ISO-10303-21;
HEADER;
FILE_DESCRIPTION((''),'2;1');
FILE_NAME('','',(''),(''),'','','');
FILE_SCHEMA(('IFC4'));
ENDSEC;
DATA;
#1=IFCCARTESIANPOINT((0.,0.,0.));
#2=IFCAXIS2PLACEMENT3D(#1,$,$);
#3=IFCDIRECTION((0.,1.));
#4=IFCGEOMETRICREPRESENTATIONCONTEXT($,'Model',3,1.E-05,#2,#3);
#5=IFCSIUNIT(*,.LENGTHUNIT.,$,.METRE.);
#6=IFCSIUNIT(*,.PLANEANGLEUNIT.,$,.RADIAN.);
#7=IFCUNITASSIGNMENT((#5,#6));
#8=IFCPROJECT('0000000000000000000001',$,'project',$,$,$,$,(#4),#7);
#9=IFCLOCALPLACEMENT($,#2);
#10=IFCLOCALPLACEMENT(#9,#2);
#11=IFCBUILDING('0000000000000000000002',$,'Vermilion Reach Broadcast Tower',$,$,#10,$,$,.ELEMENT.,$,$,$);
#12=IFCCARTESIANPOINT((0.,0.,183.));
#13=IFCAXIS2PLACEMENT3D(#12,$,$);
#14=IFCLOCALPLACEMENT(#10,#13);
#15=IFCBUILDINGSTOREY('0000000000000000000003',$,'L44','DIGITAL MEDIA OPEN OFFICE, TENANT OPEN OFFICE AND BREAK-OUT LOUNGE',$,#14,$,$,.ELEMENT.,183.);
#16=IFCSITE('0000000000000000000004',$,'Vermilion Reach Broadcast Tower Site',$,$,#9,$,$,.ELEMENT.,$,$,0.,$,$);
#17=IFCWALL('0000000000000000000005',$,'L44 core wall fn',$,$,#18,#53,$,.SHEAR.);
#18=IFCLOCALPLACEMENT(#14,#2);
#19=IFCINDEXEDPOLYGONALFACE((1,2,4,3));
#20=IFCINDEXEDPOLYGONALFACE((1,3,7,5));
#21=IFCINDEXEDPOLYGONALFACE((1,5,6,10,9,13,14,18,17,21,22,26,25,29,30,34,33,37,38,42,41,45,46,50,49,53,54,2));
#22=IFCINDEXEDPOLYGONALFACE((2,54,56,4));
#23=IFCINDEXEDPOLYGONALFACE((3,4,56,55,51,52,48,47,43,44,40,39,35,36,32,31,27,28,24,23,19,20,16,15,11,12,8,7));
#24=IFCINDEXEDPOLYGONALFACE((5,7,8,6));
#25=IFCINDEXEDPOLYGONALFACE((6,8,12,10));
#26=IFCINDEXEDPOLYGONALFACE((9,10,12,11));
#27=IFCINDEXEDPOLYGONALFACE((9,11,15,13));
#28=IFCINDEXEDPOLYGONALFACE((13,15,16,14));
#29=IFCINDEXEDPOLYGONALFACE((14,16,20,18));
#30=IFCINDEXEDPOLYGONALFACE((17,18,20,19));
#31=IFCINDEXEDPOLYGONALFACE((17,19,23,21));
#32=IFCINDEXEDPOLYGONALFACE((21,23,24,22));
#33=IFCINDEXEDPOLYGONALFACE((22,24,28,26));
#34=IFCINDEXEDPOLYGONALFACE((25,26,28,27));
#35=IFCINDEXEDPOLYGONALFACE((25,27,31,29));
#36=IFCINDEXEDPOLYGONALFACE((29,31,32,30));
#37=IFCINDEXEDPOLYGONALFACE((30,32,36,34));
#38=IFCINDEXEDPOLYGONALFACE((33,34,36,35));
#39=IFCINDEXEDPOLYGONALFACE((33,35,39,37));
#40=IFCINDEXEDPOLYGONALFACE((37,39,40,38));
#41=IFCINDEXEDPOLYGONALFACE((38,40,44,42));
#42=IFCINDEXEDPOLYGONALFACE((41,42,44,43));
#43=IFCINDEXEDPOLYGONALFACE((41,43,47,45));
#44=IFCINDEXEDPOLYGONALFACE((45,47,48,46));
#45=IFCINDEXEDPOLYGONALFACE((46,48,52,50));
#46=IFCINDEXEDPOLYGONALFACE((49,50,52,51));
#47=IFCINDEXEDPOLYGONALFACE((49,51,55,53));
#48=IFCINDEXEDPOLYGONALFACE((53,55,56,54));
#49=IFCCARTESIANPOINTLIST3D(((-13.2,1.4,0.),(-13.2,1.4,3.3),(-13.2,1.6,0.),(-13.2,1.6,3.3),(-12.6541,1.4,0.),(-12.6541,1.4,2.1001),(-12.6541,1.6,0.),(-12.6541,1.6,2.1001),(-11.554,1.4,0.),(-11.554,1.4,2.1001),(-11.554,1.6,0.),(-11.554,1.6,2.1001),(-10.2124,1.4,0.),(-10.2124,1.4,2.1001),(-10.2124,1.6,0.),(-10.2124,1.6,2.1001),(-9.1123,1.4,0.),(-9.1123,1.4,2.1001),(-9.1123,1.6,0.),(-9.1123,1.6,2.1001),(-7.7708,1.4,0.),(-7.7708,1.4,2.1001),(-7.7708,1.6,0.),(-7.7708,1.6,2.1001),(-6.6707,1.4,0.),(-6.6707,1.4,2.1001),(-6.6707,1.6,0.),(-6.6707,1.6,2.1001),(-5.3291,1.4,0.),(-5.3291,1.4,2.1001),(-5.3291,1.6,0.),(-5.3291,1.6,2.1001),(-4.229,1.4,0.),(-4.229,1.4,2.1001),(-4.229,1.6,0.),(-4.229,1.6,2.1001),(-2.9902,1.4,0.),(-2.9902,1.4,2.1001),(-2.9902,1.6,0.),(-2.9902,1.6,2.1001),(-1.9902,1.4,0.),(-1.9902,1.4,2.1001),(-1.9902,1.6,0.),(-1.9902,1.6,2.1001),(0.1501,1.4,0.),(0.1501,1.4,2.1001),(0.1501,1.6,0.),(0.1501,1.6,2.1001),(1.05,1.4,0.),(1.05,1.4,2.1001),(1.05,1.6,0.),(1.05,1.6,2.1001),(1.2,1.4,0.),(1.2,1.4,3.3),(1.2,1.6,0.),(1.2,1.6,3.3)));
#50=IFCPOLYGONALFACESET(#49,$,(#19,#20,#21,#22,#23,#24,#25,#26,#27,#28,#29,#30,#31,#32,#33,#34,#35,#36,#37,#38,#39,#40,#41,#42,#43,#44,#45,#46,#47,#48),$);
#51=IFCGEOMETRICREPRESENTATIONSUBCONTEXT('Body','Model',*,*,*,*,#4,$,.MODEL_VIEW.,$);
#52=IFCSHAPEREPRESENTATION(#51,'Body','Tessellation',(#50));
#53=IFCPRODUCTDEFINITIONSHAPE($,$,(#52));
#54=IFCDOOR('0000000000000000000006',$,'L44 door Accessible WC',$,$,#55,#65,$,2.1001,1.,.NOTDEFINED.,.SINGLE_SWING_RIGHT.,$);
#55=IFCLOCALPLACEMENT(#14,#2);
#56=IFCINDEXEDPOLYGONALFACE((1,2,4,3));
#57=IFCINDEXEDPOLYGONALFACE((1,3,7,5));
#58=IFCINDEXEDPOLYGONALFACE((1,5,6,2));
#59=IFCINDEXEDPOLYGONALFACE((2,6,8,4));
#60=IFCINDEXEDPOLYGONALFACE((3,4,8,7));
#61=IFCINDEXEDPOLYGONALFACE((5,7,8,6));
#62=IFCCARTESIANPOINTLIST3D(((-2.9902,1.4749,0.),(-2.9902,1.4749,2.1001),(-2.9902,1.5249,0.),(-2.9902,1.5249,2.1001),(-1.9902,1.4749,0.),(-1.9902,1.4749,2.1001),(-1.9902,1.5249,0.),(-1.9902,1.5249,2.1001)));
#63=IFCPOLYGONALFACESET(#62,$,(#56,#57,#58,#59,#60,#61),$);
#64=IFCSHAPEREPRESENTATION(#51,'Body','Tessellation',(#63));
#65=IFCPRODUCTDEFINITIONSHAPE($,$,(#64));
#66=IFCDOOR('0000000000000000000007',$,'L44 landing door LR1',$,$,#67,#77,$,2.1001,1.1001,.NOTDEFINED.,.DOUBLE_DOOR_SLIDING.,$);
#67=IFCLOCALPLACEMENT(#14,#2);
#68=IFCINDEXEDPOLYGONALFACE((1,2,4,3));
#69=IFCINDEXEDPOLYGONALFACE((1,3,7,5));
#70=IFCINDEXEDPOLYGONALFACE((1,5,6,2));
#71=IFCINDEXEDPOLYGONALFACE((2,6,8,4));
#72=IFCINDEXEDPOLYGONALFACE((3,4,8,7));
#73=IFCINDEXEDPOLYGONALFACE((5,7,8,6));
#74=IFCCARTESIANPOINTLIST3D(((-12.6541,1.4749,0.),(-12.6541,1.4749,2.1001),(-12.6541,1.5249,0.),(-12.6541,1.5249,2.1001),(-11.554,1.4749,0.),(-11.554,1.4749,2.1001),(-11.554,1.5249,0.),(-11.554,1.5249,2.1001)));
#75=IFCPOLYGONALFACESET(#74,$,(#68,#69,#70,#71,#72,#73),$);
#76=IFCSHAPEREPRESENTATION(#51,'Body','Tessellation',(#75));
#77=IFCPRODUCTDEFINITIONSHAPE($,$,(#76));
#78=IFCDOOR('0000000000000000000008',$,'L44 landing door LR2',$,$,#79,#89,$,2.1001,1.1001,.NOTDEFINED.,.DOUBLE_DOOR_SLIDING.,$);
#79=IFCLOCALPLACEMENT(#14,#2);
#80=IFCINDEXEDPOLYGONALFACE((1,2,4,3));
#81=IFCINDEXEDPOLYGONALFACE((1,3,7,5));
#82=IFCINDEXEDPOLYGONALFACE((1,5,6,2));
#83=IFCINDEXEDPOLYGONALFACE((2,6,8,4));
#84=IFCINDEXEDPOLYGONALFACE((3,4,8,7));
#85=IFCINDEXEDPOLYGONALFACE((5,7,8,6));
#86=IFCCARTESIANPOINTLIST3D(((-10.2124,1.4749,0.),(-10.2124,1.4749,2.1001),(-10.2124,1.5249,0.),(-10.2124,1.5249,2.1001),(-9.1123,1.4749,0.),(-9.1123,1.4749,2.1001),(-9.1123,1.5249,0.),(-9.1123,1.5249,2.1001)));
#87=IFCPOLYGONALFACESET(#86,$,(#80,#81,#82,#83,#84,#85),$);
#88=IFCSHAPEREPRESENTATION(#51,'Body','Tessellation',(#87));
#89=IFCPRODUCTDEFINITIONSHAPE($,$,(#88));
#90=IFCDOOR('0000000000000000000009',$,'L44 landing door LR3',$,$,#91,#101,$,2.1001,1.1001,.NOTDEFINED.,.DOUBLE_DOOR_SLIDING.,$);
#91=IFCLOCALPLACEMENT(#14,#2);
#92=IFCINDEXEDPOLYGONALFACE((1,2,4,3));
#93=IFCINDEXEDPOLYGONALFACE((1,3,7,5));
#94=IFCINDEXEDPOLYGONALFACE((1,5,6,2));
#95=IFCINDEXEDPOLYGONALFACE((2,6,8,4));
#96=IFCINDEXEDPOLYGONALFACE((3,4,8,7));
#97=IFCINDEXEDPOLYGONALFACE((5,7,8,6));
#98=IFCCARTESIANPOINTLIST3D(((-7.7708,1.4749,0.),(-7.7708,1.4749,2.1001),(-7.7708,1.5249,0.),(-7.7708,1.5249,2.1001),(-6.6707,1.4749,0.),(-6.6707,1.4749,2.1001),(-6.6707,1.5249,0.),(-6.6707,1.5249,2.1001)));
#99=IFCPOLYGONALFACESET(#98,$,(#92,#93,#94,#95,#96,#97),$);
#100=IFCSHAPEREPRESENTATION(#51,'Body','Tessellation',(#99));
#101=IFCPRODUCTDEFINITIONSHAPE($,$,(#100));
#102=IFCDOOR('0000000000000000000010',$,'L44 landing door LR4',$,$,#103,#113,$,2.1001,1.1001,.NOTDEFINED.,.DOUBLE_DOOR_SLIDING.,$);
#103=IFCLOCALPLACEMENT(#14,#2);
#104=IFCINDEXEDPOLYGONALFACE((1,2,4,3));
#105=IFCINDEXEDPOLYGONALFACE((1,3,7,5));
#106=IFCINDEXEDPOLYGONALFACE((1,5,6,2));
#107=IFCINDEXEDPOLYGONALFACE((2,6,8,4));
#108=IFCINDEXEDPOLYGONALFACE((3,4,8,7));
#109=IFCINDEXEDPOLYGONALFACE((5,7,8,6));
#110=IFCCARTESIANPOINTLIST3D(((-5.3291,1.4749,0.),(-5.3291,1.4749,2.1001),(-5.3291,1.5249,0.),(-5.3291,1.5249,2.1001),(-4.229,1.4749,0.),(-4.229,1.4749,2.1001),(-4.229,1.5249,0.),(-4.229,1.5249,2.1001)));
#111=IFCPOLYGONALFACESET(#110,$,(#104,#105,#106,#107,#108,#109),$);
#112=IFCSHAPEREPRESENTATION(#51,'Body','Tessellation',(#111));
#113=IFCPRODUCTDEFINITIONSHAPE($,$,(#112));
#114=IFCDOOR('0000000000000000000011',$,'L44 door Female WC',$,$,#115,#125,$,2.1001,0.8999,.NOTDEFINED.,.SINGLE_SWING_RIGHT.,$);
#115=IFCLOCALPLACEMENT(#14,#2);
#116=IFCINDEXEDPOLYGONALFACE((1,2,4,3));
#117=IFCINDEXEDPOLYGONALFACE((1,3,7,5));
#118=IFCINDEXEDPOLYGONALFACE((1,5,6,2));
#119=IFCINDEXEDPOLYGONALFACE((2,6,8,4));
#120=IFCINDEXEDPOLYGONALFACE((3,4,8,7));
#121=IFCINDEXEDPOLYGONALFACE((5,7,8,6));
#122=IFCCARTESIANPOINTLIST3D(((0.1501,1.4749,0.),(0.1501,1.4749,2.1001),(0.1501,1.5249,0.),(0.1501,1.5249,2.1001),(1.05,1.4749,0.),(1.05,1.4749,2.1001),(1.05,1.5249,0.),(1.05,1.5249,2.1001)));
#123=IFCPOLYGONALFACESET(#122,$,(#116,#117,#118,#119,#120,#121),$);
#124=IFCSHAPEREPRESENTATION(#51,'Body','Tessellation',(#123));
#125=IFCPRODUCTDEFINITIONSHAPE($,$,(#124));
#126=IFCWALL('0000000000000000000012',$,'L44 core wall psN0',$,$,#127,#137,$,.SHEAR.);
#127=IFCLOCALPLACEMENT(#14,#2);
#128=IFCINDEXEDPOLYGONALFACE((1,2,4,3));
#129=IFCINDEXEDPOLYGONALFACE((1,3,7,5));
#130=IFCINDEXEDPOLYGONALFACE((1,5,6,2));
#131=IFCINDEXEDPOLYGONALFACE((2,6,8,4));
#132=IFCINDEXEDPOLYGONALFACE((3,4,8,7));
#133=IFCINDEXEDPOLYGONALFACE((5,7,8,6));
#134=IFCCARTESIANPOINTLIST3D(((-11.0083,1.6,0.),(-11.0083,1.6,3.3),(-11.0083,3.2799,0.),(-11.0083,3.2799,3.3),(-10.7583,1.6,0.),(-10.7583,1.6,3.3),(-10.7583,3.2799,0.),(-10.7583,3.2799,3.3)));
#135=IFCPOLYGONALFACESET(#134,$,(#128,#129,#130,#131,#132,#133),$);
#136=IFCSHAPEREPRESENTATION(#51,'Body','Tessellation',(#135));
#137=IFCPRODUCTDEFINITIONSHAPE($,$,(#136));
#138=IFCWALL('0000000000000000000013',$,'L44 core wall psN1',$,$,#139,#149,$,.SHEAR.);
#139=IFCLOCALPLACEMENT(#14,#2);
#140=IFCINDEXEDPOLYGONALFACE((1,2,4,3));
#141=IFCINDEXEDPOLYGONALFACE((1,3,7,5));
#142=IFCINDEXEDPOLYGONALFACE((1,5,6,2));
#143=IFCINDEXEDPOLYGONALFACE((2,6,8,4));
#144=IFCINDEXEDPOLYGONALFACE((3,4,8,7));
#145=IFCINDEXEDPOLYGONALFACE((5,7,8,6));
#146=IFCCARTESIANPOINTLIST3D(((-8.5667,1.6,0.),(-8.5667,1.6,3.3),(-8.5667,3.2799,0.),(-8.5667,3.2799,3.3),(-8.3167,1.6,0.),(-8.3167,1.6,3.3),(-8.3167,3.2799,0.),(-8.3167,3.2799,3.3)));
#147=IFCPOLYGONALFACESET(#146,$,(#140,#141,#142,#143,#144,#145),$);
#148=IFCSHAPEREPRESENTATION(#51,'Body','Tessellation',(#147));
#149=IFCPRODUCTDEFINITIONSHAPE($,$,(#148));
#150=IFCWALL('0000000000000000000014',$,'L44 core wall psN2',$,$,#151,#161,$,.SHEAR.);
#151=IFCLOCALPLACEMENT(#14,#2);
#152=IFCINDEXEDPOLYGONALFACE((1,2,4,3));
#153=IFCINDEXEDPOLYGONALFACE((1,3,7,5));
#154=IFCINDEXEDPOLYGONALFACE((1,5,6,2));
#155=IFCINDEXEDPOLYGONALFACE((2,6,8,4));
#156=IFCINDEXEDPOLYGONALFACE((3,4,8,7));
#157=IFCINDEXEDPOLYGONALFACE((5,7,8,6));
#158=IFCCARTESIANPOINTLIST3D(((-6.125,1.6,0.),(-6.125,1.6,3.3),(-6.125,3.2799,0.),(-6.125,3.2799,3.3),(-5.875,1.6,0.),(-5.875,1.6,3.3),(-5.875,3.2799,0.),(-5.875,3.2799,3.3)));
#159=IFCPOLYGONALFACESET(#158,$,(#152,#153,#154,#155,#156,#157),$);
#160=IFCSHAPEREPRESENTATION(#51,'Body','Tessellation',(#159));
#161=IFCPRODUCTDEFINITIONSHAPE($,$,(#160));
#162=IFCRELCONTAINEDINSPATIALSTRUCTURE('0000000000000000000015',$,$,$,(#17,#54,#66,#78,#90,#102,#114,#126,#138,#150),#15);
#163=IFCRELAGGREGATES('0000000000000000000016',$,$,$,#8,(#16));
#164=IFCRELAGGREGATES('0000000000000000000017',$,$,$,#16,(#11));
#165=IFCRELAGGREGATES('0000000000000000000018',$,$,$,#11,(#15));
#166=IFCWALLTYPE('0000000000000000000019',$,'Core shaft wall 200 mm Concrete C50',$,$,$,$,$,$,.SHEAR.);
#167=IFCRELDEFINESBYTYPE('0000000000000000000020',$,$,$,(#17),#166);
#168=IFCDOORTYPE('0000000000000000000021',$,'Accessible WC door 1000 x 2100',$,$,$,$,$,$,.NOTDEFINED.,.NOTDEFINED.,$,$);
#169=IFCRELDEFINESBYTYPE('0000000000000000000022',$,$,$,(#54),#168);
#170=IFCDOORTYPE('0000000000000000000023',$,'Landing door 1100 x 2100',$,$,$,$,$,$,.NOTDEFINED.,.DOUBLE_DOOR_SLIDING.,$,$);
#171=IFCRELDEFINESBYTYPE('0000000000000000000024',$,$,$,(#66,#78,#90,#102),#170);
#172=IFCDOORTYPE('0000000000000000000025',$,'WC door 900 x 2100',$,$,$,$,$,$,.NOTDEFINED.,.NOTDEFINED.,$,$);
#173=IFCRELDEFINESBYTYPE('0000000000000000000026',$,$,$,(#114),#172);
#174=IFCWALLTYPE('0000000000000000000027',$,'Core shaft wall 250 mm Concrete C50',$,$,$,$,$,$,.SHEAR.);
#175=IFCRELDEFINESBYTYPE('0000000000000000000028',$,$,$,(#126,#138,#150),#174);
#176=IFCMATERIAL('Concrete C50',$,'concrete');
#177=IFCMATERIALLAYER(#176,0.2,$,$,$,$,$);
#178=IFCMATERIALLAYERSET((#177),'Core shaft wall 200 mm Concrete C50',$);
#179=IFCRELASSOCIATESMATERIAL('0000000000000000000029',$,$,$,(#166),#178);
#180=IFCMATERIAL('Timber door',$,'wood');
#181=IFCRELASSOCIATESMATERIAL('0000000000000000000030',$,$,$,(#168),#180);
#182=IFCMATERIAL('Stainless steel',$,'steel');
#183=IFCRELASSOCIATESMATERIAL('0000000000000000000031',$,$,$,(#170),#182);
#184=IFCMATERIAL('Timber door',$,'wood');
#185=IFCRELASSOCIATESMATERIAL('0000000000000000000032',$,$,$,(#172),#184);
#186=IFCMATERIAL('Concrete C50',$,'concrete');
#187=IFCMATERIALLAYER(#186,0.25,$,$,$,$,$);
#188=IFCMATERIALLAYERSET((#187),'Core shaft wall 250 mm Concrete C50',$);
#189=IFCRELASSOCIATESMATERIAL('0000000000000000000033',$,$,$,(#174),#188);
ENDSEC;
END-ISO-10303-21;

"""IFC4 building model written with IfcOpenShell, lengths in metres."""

from ifc_helpers import new_model, si_unit, direction, frame, frame_2d, origin, place, context, subcontext, project, spatial, rectangle, extrude, material, layer, layer_set, type_object, element, fill, save


model = new_model("IFC4")

# Units and contexts
model_context = context("Model", 3, precision=1e-05, world=origin(), true_north=direction((0.0, 1.0)))
body_context = subcontext(model_context, "Body", "Model", "MODEL_VIEW")
ifc_project = project(units=[si_unit("LENGTHUNIT", "METRE"), si_unit("PLANEANGLEUNIT", "RADIAN")], contexts=[model_context])

# Site, building, storey
site_placement = place(None, origin())
site = spatial("IfcSite", under=ifc_project, at=site_placement, Name="Vermilion Reach Broadcast Tower Site", CompositionType="ELEMENT", RefElevation=0.0)
building_placement = place(site_placement, origin())
building = spatial("IfcBuilding", under=site, at=building_placement, Name="Vermilion Reach Broadcast Tower", CompositionType="ELEMENT")
storey_placement = place(building_placement, frame((0.0, 0.0, 183.0)))
storey = spatial("IfcBuildingStorey", under=building, at=storey_placement, Name="L44", Description="DIGITAL MEDIA OPEN OFFICE, TENANT OPEN OFFICE AND BREAK-OUT LOUNGE", CompositionType="ELEMENT", Elevation=183.0)

# Wall, openings, doors
ifc_material_1 = material(Name="Concrete C50", Category="concrete")
ifc_layer_1 = layer(ifc_material_1, 0.2)
ifc_layer_set_1 = layer_set([ifc_layer_1], Name="Core shaft wall 200 mm Concrete C50")
wall_type_1 = type_object("IfcWallType", Name="Core shaft wall 200 mm Concrete C50", PredefinedType="SHEAR", material=ifc_layer_set_1)
wall_1_placement = place(storey_placement, frame((-13.2, 1.5, 0.0), z_axis=(0.0, 0.0, 1.0), x_axis=(1.0, 0.0, 0.0)))
wall_1 = element("IfcWall", 1, at=wall_1_placement, inside=storey, type_object=wall_type_1, Name="L44 core wall fn", PredefinedType="SHEAR", context=body_context, shape_type="SweptSolid", body=[
    extrude(rectangle(XDim=14.3999, YDim=0.2, at=frame_2d((7.2, 0.0))), origin(), (0.0, 0.0, 1.0), 3.3),
])
opening_1_placement = place(wall_1_placement, frame((0.5459, 0.0, 0.0)))
opening_1 = element("IfcOpeningElement", 2, at=opening_1_placement, cuts=wall_1, PredefinedType="OPENING", context=body_context, shape_type="SweptSolid", body=[
    extrude(rectangle(XDim=1.1001, YDim=2.1001, at=frame_2d((0.55, 1.05))), frame((0.0, 0.1099, 0.0), z_axis=(0.0, -1.0, 0.0), x_axis=(1.0, 0.0, 0.0)), (0.0, 0.0, 1.0), 0.22),
])
opening_2_placement = place(wall_1_placement, frame((2.9875, 0.0, 0.0)))
opening_2 = element("IfcOpeningElement", 3, at=opening_2_placement, cuts=wall_1, PredefinedType="OPENING", context=body_context, shape_type="SweptSolid", body=[
    extrude(rectangle(XDim=1.1001, YDim=2.1001, at=frame_2d((0.55, 1.05))), frame((0.0, 0.1099, 0.0), z_axis=(0.0, -1.0, 0.0), x_axis=(1.0, 0.0, 0.0)), (0.0, 0.0, 1.0), 0.22),
])
opening_3_placement = place(wall_1_placement, frame((5.4292, 0.0, 0.0)))
opening_3 = element("IfcOpeningElement", 4, at=opening_3_placement, cuts=wall_1, PredefinedType="OPENING", context=body_context, shape_type="SweptSolid", body=[
    extrude(rectangle(XDim=1.1001, YDim=2.1001, at=frame_2d((0.55, 1.05))), frame((0.0, 0.1099, 0.0), z_axis=(0.0, -1.0, 0.0), x_axis=(1.0, 0.0, 0.0)), (0.0, 0.0, 1.0), 0.22),
])
opening_4_placement = place(wall_1_placement, frame((7.8708, 0.0, 0.0)))
opening_4 = element("IfcOpeningElement", 5, at=opening_4_placement, cuts=wall_1, PredefinedType="OPENING", context=body_context, shape_type="SweptSolid", body=[
    extrude(rectangle(XDim=1.1001, YDim=2.1001, at=frame_2d((0.55, 1.05))), frame((0.0, 0.1099, 0.0), z_axis=(0.0, -1.0, 0.0), x_axis=(1.0, 0.0, 0.0)), (0.0, 0.0, 1.0), 0.22),
])
opening_5_placement = place(wall_1_placement, frame((10.2097, 0.0, 0.0)))
opening_5 = element("IfcOpeningElement", 6, at=opening_5_placement, cuts=wall_1, PredefinedType="OPENING", context=body_context, shape_type="SweptSolid", body=[
    extrude(rectangle(XDim=1.0, YDim=2.1001, at=frame_2d((0.5, 1.05))), frame((0.0, 0.1099, 0.0), z_axis=(0.0, -1.0, 0.0), x_axis=(1.0, 0.0, 0.0)), (0.0, 0.0, 1.0), 0.22),
])
opening_6_placement = place(wall_1_placement, frame((13.3501, 0.0, 0.0)))
opening_6 = element("IfcOpeningElement", 7, at=opening_6_placement, cuts=wall_1, PredefinedType="OPENING", context=body_context, shape_type="SweptSolid", body=[
    extrude(rectangle(XDim=0.8999, YDim=2.1001, at=frame_2d((0.45, 1.05))), frame((0.0, 0.1099, 0.0), z_axis=(0.0, -1.0, 0.0), x_axis=(1.0, 0.0, 0.0)), (0.0, 0.0, 1.0), 0.22),
])
ifc_material_2 = material(Name="Timber door", Category="wood")
door_type_1 = type_object("IfcDoorType", Name="Accessible WC door 1000 x 2100", OperationType="NOTDEFINED", PredefinedType="NOTDEFINED", material=ifc_material_2)
door_1_placement = place(opening_5_placement, origin())
door_1 = element("IfcDoor", 8, at=door_1_placement, inside=storey, type_object=door_type_1, Name="L44 door Accessible WC", OperationType="SINGLE_SWING_RIGHT", OverallHeight=2.1001, OverallWidth=1.0, PredefinedType="NOTDEFINED", context=body_context, shape_type="SweptSolid", body=[
    extrude(rectangle(XDim=1.0, YDim=2.1001, at=frame_2d((0.5, 1.05))), frame((0.0, 0.0249, 0.0), z_axis=(0.0, -1.0, 0.0), x_axis=(1.0, 0.0, 0.0)), (0.0, 0.0, 1.0), 0.05),
])
fill(opening_5, door_1)
ifc_material_3 = material(Name="Stainless steel", Category="steel")
door_type_2 = type_object("IfcDoorType", Name="Landing door 1100 x 2100", OperationType="DOUBLE_DOOR_SLIDING", PredefinedType="NOTDEFINED", material=ifc_material_3)
door_2_placement = place(opening_1_placement, origin())
door_2 = element("IfcDoor", 9, at=door_2_placement, inside=storey, type_object=door_type_2, Name="L44 landing door LR1", OperationType="DOUBLE_DOOR_SLIDING", OverallHeight=2.1001, OverallWidth=1.1001, PredefinedType="NOTDEFINED", context=body_context, shape_type="SweptSolid", body=[
    extrude(rectangle(XDim=1.1001, YDim=2.1001, at=frame_2d((0.55, 1.05))), frame((0.0, 0.0249, 0.0), z_axis=(0.0, -1.0, 0.0), x_axis=(1.0, 0.0, 0.0)), (0.0, 0.0, 1.0), 0.05),
])
fill(opening_1, door_2)
door_3_placement = place(opening_2_placement, origin())
door_3 = element("IfcDoor", 10, at=door_3_placement, inside=storey, type_object=door_type_2, Name="L44 landing door LR2", OperationType="DOUBLE_DOOR_SLIDING", OverallHeight=2.1001, OverallWidth=1.1001, PredefinedType="NOTDEFINED", context=body_context, shape_type="SweptSolid", body=[
    extrude(rectangle(XDim=1.1001, YDim=2.1001, at=frame_2d((0.55, 1.05))), frame((0.0, 0.0249, 0.0), z_axis=(0.0, -1.0, 0.0), x_axis=(1.0, 0.0, 0.0)), (0.0, 0.0, 1.0), 0.05),
])
fill(opening_2, door_3)
door_4_placement = place(opening_3_placement, origin())
door_4 = element("IfcDoor", 11, at=door_4_placement, inside=storey, type_object=door_type_2, Name="L44 landing door LR3", OperationType="DOUBLE_DOOR_SLIDING", OverallHeight=2.1001, OverallWidth=1.1001, PredefinedType="NOTDEFINED", context=body_context, shape_type="SweptSolid", body=[
    extrude(rectangle(XDim=1.1001, YDim=2.1001, at=frame_2d((0.55, 1.05))), frame((0.0, 0.0249, 0.0), z_axis=(0.0, -1.0, 0.0), x_axis=(1.0, 0.0, 0.0)), (0.0, 0.0, 1.0), 0.05),
])
fill(opening_3, door_4)
door_5_placement = place(opening_4_placement, origin())
door_5 = element("IfcDoor", 12, at=door_5_placement, inside=storey, type_object=door_type_2, Name="L44 landing door LR4", OperationType="DOUBLE_DOOR_SLIDING", OverallHeight=2.1001, OverallWidth=1.1001, PredefinedType="NOTDEFINED", context=body_context, shape_type="SweptSolid", body=[
    extrude(rectangle(XDim=1.1001, YDim=2.1001, at=frame_2d((0.55, 1.05))), frame((0.0, 0.0249, 0.0), z_axis=(0.0, -1.0, 0.0), x_axis=(1.0, 0.0, 0.0)), (0.0, 0.0, 1.0), 0.05),
])
fill(opening_4, door_5)
ifc_material_4 = material(Name="Timber door", Category="wood")
door_type_3 = type_object("IfcDoorType", Name="WC door 900 x 2100", OperationType="NOTDEFINED", PredefinedType="NOTDEFINED", material=ifc_material_4)
door_6_placement = place(opening_6_placement, origin())
door_6 = element("IfcDoor", 13, at=door_6_placement, inside=storey, type_object=door_type_3, Name="L44 door Female WC", OperationType="SINGLE_SWING_RIGHT", OverallHeight=2.1001, OverallWidth=0.8999, PredefinedType="NOTDEFINED", context=body_context, shape_type="SweptSolid", body=[
    extrude(rectangle(XDim=0.8999, YDim=2.1001, at=frame_2d((0.45, 1.05))), frame((0.0, 0.0249, 0.0), z_axis=(0.0, -1.0, 0.0), x_axis=(1.0, 0.0, 0.0)), (0.0, 0.0, 1.0), 0.05),
])
fill(opening_6, door_6)

# Walls
ifc_material_5 = material(Name="Concrete C50", Category="concrete")
ifc_layer_2 = layer(ifc_material_5, 0.25)
ifc_layer_set_2 = layer_set([ifc_layer_2], Name="Core shaft wall 250 mm Concrete C50")
wall_type_2 = type_object("IfcWallType", Name="Core shaft wall 250 mm Concrete C50", PredefinedType="SHEAR", material=ifc_layer_set_2)
for number, where, z_axis, x_axis, name in (
    (14, (-10.8833, 1.6001, 0.0), (0.0, 0.0, 1.0), (0.0, 1.0, 0.0), "L44 core wall psN0"),
    (15, (-8.4417, 1.6001, 0.0), (0.0, 0.0, 1.0), (0.0, 1.0, 0.0), "L44 core wall psN1"),
    (16, (-6.0, 1.6001, 0.0), (0.0, 0.0, 1.0), (0.0, 1.0, 0.0), "L44 core wall psN2"),
):
    element("IfcWall", number, at=place(storey_placement, frame(where, z_axis=z_axis, x_axis=x_axis)), inside=storey, type_object=wall_type_2, Name=name, PredefinedType="SHEAR", context=body_context, shape_type="SweptSolid", body=[
        extrude(rectangle(XDim=1.6799, YDim=0.25, at=frame_2d((0.8398, 0.0))), origin(), (0.0, 0.0, 1.0), 3.3),
    ])

save(model, "model.ifc")
